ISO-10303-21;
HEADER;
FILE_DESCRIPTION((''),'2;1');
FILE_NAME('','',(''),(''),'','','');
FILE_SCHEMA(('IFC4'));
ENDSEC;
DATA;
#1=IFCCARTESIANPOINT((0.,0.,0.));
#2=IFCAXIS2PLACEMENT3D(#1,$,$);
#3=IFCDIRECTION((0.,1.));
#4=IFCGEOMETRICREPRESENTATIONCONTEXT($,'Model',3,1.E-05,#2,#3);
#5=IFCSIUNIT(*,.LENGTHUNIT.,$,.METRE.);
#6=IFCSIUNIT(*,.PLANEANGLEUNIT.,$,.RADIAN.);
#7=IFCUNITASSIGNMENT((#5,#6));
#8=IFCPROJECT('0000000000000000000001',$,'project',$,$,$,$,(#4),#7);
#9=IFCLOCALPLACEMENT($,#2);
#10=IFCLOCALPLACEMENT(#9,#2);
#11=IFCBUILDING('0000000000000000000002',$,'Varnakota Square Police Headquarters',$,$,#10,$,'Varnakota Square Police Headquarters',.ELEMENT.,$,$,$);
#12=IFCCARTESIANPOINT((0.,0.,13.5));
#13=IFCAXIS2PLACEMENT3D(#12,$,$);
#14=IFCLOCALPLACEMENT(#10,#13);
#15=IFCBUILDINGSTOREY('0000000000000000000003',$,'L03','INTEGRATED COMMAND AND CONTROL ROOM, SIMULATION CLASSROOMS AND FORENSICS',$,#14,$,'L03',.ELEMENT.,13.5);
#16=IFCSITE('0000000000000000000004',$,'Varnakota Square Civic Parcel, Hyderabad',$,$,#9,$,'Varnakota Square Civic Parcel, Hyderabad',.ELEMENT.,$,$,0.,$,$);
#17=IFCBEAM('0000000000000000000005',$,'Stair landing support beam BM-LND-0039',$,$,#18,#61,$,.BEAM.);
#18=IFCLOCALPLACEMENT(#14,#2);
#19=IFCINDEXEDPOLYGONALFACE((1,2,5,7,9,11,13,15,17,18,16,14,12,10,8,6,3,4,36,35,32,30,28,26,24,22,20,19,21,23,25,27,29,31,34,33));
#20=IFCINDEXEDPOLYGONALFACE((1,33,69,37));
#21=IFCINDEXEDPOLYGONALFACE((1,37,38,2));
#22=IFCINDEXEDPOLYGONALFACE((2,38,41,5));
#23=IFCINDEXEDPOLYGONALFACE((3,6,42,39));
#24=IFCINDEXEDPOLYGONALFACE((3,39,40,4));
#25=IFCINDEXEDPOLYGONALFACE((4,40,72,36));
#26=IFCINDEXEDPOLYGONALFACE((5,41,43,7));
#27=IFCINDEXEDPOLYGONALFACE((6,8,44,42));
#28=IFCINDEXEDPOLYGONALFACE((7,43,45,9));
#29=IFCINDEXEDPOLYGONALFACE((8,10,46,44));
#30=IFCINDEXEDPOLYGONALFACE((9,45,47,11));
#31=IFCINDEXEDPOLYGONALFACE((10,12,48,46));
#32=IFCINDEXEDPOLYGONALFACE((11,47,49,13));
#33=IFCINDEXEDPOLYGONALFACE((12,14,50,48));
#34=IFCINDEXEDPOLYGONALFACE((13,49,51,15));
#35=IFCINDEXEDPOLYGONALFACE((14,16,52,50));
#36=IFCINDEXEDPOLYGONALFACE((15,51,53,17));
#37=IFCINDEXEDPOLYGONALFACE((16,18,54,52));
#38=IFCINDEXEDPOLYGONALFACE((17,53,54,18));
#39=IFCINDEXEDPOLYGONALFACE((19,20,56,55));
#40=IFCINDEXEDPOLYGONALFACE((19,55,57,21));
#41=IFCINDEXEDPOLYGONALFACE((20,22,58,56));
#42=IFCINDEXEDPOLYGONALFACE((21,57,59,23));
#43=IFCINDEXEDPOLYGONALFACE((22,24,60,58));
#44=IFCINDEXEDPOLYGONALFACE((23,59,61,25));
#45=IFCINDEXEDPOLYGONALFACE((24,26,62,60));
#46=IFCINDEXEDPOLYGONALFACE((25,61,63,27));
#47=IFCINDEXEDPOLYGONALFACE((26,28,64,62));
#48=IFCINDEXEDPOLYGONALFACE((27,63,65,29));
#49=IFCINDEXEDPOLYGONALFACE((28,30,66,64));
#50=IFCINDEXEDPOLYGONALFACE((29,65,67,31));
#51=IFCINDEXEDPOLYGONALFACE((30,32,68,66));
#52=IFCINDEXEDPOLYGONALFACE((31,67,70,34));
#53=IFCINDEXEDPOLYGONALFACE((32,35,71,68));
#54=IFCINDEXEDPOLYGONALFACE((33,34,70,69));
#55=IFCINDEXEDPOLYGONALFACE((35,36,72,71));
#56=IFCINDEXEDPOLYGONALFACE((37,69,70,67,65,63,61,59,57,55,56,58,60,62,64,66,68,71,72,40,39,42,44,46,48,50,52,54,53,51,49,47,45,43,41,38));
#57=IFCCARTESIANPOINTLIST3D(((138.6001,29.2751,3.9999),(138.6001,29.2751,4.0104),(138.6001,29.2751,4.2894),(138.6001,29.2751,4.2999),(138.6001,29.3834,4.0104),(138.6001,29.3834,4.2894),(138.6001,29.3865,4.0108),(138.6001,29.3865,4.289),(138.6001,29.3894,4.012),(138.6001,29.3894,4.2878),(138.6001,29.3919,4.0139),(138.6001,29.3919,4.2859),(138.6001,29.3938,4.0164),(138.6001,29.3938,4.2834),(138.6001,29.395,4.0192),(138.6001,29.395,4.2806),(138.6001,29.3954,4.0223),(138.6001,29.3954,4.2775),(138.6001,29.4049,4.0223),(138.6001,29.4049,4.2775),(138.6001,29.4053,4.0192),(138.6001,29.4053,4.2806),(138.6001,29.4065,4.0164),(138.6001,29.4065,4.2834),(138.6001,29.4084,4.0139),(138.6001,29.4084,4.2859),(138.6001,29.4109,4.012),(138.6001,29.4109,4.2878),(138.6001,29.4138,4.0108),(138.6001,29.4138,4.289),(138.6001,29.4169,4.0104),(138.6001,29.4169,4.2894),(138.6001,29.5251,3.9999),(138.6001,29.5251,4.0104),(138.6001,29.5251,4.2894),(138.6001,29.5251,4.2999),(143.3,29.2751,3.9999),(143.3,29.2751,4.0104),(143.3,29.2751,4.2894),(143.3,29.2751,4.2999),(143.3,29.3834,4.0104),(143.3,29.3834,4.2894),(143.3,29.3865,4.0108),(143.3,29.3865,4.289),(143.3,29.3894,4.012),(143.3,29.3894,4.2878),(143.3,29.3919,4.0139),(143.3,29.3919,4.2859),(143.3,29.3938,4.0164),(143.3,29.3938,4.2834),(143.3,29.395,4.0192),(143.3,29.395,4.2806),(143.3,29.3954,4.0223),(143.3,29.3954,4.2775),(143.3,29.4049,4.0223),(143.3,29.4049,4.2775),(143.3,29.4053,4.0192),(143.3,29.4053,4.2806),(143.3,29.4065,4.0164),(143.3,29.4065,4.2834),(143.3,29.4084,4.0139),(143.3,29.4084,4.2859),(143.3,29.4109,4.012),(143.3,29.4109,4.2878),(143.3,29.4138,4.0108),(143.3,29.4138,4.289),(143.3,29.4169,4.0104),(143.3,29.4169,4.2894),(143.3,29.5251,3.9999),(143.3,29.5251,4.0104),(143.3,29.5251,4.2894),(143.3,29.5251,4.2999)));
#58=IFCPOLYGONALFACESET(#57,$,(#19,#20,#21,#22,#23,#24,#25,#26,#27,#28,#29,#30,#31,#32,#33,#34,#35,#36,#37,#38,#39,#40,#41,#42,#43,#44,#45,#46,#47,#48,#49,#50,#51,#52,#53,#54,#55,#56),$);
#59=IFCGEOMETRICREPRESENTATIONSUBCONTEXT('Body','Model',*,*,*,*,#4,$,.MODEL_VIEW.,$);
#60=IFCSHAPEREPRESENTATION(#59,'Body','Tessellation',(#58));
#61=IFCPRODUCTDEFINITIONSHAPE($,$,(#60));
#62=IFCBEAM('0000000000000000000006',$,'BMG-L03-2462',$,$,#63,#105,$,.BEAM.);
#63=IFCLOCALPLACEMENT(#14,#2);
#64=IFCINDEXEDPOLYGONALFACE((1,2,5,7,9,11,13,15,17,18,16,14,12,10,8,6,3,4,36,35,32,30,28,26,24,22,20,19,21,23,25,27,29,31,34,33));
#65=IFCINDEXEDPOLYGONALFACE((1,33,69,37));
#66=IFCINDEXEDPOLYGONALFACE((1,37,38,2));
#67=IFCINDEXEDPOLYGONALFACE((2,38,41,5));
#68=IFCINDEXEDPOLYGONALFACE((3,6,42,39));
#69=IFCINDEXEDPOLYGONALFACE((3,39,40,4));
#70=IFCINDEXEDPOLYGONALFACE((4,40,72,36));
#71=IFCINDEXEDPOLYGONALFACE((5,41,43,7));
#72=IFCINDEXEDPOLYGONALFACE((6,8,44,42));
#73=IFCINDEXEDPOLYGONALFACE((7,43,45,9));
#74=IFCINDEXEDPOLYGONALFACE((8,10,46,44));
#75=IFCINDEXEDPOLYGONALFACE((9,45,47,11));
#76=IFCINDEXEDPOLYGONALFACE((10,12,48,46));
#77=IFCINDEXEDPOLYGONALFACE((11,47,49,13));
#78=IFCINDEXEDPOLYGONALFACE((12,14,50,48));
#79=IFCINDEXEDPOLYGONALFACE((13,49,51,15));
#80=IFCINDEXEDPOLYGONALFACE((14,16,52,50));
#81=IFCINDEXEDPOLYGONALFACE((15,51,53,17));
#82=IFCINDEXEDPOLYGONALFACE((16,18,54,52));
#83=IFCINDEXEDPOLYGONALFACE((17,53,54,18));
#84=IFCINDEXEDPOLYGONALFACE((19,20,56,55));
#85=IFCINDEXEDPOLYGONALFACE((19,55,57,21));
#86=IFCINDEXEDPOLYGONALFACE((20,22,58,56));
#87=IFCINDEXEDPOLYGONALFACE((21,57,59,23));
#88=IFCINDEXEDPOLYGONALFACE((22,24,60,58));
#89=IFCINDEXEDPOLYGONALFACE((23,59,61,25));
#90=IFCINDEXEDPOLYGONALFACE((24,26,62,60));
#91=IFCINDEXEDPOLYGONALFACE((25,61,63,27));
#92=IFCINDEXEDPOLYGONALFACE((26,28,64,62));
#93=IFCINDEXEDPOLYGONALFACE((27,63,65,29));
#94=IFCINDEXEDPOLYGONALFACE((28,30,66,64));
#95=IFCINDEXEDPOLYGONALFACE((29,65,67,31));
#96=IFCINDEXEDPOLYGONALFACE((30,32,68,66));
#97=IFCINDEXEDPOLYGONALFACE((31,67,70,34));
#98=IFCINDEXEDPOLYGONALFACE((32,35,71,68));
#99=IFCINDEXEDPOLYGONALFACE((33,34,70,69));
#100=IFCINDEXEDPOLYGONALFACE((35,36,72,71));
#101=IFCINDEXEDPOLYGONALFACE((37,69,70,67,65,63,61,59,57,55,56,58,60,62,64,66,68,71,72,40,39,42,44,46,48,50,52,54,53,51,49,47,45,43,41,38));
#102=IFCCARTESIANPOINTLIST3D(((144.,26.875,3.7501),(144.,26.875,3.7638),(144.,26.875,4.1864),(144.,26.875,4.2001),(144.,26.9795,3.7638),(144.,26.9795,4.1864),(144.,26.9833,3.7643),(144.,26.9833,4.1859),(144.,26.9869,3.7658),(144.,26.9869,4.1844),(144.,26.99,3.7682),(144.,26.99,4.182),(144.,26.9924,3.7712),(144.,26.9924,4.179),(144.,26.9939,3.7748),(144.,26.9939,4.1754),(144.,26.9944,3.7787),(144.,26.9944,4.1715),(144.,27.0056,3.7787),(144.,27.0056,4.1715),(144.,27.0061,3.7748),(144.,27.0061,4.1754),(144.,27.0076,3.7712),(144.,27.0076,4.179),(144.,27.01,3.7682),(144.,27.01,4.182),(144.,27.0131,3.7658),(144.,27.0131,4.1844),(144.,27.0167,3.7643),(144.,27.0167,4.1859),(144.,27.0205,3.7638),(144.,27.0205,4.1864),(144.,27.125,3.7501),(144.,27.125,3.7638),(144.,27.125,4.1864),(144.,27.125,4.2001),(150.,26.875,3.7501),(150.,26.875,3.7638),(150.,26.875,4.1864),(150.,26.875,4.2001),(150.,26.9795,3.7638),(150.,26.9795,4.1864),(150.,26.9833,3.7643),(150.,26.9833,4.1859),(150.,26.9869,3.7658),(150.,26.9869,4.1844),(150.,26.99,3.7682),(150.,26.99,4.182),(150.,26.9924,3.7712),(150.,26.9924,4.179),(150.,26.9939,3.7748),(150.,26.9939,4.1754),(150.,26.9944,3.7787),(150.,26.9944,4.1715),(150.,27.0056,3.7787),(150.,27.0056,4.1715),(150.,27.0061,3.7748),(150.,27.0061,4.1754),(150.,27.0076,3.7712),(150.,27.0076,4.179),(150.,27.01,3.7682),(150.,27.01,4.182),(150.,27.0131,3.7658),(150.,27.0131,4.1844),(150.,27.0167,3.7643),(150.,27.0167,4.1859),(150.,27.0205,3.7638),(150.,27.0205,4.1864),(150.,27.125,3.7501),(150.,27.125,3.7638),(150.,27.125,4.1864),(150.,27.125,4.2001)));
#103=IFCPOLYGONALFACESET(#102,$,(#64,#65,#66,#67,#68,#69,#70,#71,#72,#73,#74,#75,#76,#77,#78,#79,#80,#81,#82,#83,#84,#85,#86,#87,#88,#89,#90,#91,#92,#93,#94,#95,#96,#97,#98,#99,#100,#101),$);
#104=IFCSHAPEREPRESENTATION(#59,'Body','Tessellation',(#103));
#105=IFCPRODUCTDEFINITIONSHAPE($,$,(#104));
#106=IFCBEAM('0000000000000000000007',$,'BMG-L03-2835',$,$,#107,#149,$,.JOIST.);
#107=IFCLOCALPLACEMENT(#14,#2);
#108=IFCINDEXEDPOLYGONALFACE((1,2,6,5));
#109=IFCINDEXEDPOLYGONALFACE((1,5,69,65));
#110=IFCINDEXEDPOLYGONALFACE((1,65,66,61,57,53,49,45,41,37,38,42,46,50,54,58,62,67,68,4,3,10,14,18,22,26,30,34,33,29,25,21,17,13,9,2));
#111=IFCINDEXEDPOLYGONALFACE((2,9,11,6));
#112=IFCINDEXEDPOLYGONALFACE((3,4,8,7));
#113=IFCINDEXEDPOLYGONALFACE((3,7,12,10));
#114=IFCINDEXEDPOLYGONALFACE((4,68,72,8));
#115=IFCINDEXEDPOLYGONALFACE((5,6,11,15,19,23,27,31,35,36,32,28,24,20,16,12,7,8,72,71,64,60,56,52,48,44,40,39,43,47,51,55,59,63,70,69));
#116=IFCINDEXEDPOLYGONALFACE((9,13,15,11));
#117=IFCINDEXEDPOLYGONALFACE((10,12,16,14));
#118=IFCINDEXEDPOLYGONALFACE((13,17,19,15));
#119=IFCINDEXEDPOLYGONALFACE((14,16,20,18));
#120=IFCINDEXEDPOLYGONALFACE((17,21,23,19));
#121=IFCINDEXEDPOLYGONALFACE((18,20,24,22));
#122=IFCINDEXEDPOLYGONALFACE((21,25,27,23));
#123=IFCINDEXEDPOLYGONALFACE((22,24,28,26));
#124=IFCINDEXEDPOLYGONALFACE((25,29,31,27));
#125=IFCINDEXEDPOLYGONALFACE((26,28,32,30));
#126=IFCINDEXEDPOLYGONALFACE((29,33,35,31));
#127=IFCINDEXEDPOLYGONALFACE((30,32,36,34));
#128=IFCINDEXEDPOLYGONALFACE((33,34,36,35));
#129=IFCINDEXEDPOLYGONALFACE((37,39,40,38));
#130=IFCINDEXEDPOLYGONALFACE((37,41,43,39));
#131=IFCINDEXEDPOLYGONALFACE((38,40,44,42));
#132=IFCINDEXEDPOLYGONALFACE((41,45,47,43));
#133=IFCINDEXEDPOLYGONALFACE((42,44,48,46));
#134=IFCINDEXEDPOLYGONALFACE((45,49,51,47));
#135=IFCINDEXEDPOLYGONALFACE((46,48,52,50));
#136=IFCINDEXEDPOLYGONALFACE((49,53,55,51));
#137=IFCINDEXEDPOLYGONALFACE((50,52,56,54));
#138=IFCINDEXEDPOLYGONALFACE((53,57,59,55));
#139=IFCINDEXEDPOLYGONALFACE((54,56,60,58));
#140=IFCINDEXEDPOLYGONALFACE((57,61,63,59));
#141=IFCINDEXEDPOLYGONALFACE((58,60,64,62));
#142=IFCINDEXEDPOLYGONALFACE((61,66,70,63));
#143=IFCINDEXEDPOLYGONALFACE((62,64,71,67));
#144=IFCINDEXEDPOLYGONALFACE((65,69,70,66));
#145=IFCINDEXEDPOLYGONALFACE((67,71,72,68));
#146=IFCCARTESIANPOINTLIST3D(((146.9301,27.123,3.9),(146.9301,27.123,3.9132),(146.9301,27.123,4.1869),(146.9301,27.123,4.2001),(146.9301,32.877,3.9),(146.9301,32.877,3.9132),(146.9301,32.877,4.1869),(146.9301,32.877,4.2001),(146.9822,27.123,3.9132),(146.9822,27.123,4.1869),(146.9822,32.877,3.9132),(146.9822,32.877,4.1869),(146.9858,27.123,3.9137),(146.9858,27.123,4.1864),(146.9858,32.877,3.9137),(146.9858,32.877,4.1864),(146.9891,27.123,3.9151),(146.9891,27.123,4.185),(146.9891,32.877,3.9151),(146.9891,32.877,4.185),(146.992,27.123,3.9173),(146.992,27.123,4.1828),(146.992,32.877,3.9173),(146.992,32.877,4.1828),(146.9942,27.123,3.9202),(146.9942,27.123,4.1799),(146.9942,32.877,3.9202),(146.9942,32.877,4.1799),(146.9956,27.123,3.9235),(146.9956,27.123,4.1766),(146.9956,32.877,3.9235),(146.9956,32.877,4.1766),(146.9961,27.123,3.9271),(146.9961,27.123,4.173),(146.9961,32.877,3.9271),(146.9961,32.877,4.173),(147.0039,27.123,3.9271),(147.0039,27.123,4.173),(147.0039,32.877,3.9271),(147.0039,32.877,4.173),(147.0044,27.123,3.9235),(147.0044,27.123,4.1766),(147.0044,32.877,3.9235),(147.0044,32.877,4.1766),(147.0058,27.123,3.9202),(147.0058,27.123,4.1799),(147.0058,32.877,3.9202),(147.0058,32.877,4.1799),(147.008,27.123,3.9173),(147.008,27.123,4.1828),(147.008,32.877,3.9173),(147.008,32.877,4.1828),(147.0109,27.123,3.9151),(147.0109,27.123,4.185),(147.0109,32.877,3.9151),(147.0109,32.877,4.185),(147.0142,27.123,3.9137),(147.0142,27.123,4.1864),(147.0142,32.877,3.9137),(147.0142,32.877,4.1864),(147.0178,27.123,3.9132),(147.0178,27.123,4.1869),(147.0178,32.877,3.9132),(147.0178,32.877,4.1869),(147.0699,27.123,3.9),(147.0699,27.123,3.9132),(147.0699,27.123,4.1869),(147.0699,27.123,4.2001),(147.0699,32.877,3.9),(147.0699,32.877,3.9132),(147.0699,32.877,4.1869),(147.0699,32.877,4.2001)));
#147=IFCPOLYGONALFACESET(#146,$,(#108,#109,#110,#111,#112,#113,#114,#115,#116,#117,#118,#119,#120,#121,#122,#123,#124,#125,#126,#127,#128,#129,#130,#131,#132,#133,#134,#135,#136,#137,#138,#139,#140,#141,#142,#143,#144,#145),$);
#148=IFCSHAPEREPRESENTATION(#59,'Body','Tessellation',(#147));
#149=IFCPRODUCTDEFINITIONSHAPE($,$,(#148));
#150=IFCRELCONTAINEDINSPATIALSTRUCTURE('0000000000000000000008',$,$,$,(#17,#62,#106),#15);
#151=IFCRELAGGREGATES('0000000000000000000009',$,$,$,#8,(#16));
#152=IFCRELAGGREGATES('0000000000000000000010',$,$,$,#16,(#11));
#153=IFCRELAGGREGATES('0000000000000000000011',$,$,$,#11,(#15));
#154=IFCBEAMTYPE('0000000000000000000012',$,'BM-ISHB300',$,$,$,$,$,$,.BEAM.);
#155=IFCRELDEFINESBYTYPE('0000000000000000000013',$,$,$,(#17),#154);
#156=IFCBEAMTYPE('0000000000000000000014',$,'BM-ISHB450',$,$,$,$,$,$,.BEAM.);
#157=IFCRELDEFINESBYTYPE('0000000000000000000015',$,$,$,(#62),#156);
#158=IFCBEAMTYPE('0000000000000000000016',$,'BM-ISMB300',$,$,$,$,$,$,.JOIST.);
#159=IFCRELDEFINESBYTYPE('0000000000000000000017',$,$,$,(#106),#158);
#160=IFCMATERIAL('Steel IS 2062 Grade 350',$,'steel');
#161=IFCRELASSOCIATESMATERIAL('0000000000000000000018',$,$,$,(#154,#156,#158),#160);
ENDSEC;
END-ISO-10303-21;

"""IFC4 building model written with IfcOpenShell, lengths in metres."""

from ifc_helpers import new_model, si_unit, direction, frame, origin, origin_2d, place, context, subcontext, project, spatial, i_section, extrude, material, material_profile, profile_set, type_object, element, save


model = new_model("IFC4")

# Units and contexts
model_context = context("Model", 3, precision=1e-05, world=origin(), true_north=direction((0.0, 1.0)))
body_context = subcontext(model_context, "Body", "Model", "MODEL_VIEW")
ifc_project = project(units=[si_unit("LENGTHUNIT", "METRE"), si_unit("PLANEANGLEUNIT", "RADIAN")], contexts=[model_context])

# Site, building, storey
site_placement = place(None, origin())
site = spatial("IfcSite", under=ifc_project, at=site_placement, Name="Varnakota Square Civic Parcel, Hyderabad", LongName="Varnakota Square Civic Parcel, Hyderabad", CompositionType="ELEMENT", RefElevation=0.0)
building_placement = place(site_placement, origin())
building = spatial("IfcBuilding", under=site, at=building_placement, Name="Varnakota Square Police Headquarters", LongName="Varnakota Square Police Headquarters", CompositionType="ELEMENT")
storey_placement = place(building_placement, frame((0.0, 0.0, 13.5)))
storey = spatial("IfcBuildingStorey", under=building, at=storey_placement, Name="L03", Description="INTEGRATED COMMAND AND CONTROL ROOM, SIMULATION CLASSROOMS AND FORENSICS", LongName="L03", CompositionType="ELEMENT", Elevation=13.5)

# Shared definitions
ifc_material_1 = material(Name="Steel IS 2062 Grade 350", Category="steel")

# Beams
ifc_material_profile_1 = material_profile(ifc_material_1, i_section(OverallWidth=0.25, OverallDepth=0.3, WebThickness=0.0095, FlangeThickness=0.0105, FilletRadius=0.012, at=origin_2d()), Name="ISHB 300")
ifc_profile_set_1 = profile_set([ifc_material_profile_1], Name="Steel IS 2062 Grade 350")
beam_type_1 = type_object("IfcBeamType", Name="BM-ISHB300", PredefinedType="BEAM", material=ifc_profile_set_1)
beam_1_placement = place(storey_placement, frame((138.6001, 29.4001, 4.1499), z_axis=(1.0, 0.0, 0.0), x_axis=(0.0, 1.0, 0.0)))
element("IfcBeam", 1, at=beam_1_placement, inside=storey, type_object=beam_type_1, Name="Stair landing support beam BM-LND-0039", PredefinedType="BEAM", context=body_context, shape_type="SweptSolid", body=[
    extrude(i_section(OverallWidth=0.25, OverallDepth=0.3, WebThickness=0.0095, FlangeThickness=0.0105, FilletRadius=0.012, at=origin_2d()), origin(), (0.0, 0.0, 1.0), 4.7),
])
ifc_material_profile_2 = material_profile(ifc_material_1, i_section(OverallWidth=0.25, OverallDepth=0.45, WebThickness=0.0112, FlangeThickness=0.0137, FilletRadius=0.0149, at=origin_2d()), Name="ISHB 450")
ifc_profile_set_2 = profile_set([ifc_material_profile_2], Name="Steel IS 2062 Grade 350")
beam_type_2 = type_object("IfcBeamType", Name="BM-ISHB450", PredefinedType="BEAM", material=ifc_profile_set_2)
beam_2_placement = place(storey_placement, frame((144.0, 27.0, 3.9751), z_axis=(1.0, 0.0, 0.0), x_axis=(0.0, 1.0, 0.0)))
element("IfcBeam", 2, at=beam_2_placement, inside=storey, type_object=beam_type_2, Name="BMG-L03-2462", PredefinedType="BEAM", context=body_context, shape_type="SweptSolid", body=[
    extrude(i_section(OverallWidth=0.25, OverallDepth=0.45, WebThickness=0.0112, FlangeThickness=0.0137, FilletRadius=0.0149, at=origin_2d()), origin(), (0.0, 0.0, 1.0), 6.0),
])
ifc_material_profile_3 = material_profile(ifc_material_1, i_section(OverallWidth=0.1399, OverallDepth=0.3, WebThickness=0.0078, FlangeThickness=0.0132, FilletRadius=0.0139, at=origin_2d()), Name="ISMB 300")
ifc_profile_set_3 = profile_set([ifc_material_profile_3], Name="Steel IS 2062 Grade 350")
beam_type_3 = type_object("IfcBeamType", Name="BM-ISMB300", PredefinedType="JOIST", material=ifc_profile_set_3)
beam_3_placement = place(storey_placement, frame((147.0, 27.123, 4.05), z_axis=(0.0, 1.0, 0.0), x_axis=(-1.0, 0.0, 0.0)))
element("IfcBeam", 3, at=beam_3_placement, inside=storey, type_object=beam_type_3, Name="BMG-L03-2835", PredefinedType="JOIST", context=body_context, shape_type="SweptSolid", body=[
    extrude(i_section(OverallWidth=0.1399, OverallDepth=0.3, WebThickness=0.0078, FlangeThickness=0.0132, FilletRadius=0.0139, at=origin_2d()), origin(), (0.0, 0.0, 1.0), 5.7539),
])

save(model, "model.ifc")
